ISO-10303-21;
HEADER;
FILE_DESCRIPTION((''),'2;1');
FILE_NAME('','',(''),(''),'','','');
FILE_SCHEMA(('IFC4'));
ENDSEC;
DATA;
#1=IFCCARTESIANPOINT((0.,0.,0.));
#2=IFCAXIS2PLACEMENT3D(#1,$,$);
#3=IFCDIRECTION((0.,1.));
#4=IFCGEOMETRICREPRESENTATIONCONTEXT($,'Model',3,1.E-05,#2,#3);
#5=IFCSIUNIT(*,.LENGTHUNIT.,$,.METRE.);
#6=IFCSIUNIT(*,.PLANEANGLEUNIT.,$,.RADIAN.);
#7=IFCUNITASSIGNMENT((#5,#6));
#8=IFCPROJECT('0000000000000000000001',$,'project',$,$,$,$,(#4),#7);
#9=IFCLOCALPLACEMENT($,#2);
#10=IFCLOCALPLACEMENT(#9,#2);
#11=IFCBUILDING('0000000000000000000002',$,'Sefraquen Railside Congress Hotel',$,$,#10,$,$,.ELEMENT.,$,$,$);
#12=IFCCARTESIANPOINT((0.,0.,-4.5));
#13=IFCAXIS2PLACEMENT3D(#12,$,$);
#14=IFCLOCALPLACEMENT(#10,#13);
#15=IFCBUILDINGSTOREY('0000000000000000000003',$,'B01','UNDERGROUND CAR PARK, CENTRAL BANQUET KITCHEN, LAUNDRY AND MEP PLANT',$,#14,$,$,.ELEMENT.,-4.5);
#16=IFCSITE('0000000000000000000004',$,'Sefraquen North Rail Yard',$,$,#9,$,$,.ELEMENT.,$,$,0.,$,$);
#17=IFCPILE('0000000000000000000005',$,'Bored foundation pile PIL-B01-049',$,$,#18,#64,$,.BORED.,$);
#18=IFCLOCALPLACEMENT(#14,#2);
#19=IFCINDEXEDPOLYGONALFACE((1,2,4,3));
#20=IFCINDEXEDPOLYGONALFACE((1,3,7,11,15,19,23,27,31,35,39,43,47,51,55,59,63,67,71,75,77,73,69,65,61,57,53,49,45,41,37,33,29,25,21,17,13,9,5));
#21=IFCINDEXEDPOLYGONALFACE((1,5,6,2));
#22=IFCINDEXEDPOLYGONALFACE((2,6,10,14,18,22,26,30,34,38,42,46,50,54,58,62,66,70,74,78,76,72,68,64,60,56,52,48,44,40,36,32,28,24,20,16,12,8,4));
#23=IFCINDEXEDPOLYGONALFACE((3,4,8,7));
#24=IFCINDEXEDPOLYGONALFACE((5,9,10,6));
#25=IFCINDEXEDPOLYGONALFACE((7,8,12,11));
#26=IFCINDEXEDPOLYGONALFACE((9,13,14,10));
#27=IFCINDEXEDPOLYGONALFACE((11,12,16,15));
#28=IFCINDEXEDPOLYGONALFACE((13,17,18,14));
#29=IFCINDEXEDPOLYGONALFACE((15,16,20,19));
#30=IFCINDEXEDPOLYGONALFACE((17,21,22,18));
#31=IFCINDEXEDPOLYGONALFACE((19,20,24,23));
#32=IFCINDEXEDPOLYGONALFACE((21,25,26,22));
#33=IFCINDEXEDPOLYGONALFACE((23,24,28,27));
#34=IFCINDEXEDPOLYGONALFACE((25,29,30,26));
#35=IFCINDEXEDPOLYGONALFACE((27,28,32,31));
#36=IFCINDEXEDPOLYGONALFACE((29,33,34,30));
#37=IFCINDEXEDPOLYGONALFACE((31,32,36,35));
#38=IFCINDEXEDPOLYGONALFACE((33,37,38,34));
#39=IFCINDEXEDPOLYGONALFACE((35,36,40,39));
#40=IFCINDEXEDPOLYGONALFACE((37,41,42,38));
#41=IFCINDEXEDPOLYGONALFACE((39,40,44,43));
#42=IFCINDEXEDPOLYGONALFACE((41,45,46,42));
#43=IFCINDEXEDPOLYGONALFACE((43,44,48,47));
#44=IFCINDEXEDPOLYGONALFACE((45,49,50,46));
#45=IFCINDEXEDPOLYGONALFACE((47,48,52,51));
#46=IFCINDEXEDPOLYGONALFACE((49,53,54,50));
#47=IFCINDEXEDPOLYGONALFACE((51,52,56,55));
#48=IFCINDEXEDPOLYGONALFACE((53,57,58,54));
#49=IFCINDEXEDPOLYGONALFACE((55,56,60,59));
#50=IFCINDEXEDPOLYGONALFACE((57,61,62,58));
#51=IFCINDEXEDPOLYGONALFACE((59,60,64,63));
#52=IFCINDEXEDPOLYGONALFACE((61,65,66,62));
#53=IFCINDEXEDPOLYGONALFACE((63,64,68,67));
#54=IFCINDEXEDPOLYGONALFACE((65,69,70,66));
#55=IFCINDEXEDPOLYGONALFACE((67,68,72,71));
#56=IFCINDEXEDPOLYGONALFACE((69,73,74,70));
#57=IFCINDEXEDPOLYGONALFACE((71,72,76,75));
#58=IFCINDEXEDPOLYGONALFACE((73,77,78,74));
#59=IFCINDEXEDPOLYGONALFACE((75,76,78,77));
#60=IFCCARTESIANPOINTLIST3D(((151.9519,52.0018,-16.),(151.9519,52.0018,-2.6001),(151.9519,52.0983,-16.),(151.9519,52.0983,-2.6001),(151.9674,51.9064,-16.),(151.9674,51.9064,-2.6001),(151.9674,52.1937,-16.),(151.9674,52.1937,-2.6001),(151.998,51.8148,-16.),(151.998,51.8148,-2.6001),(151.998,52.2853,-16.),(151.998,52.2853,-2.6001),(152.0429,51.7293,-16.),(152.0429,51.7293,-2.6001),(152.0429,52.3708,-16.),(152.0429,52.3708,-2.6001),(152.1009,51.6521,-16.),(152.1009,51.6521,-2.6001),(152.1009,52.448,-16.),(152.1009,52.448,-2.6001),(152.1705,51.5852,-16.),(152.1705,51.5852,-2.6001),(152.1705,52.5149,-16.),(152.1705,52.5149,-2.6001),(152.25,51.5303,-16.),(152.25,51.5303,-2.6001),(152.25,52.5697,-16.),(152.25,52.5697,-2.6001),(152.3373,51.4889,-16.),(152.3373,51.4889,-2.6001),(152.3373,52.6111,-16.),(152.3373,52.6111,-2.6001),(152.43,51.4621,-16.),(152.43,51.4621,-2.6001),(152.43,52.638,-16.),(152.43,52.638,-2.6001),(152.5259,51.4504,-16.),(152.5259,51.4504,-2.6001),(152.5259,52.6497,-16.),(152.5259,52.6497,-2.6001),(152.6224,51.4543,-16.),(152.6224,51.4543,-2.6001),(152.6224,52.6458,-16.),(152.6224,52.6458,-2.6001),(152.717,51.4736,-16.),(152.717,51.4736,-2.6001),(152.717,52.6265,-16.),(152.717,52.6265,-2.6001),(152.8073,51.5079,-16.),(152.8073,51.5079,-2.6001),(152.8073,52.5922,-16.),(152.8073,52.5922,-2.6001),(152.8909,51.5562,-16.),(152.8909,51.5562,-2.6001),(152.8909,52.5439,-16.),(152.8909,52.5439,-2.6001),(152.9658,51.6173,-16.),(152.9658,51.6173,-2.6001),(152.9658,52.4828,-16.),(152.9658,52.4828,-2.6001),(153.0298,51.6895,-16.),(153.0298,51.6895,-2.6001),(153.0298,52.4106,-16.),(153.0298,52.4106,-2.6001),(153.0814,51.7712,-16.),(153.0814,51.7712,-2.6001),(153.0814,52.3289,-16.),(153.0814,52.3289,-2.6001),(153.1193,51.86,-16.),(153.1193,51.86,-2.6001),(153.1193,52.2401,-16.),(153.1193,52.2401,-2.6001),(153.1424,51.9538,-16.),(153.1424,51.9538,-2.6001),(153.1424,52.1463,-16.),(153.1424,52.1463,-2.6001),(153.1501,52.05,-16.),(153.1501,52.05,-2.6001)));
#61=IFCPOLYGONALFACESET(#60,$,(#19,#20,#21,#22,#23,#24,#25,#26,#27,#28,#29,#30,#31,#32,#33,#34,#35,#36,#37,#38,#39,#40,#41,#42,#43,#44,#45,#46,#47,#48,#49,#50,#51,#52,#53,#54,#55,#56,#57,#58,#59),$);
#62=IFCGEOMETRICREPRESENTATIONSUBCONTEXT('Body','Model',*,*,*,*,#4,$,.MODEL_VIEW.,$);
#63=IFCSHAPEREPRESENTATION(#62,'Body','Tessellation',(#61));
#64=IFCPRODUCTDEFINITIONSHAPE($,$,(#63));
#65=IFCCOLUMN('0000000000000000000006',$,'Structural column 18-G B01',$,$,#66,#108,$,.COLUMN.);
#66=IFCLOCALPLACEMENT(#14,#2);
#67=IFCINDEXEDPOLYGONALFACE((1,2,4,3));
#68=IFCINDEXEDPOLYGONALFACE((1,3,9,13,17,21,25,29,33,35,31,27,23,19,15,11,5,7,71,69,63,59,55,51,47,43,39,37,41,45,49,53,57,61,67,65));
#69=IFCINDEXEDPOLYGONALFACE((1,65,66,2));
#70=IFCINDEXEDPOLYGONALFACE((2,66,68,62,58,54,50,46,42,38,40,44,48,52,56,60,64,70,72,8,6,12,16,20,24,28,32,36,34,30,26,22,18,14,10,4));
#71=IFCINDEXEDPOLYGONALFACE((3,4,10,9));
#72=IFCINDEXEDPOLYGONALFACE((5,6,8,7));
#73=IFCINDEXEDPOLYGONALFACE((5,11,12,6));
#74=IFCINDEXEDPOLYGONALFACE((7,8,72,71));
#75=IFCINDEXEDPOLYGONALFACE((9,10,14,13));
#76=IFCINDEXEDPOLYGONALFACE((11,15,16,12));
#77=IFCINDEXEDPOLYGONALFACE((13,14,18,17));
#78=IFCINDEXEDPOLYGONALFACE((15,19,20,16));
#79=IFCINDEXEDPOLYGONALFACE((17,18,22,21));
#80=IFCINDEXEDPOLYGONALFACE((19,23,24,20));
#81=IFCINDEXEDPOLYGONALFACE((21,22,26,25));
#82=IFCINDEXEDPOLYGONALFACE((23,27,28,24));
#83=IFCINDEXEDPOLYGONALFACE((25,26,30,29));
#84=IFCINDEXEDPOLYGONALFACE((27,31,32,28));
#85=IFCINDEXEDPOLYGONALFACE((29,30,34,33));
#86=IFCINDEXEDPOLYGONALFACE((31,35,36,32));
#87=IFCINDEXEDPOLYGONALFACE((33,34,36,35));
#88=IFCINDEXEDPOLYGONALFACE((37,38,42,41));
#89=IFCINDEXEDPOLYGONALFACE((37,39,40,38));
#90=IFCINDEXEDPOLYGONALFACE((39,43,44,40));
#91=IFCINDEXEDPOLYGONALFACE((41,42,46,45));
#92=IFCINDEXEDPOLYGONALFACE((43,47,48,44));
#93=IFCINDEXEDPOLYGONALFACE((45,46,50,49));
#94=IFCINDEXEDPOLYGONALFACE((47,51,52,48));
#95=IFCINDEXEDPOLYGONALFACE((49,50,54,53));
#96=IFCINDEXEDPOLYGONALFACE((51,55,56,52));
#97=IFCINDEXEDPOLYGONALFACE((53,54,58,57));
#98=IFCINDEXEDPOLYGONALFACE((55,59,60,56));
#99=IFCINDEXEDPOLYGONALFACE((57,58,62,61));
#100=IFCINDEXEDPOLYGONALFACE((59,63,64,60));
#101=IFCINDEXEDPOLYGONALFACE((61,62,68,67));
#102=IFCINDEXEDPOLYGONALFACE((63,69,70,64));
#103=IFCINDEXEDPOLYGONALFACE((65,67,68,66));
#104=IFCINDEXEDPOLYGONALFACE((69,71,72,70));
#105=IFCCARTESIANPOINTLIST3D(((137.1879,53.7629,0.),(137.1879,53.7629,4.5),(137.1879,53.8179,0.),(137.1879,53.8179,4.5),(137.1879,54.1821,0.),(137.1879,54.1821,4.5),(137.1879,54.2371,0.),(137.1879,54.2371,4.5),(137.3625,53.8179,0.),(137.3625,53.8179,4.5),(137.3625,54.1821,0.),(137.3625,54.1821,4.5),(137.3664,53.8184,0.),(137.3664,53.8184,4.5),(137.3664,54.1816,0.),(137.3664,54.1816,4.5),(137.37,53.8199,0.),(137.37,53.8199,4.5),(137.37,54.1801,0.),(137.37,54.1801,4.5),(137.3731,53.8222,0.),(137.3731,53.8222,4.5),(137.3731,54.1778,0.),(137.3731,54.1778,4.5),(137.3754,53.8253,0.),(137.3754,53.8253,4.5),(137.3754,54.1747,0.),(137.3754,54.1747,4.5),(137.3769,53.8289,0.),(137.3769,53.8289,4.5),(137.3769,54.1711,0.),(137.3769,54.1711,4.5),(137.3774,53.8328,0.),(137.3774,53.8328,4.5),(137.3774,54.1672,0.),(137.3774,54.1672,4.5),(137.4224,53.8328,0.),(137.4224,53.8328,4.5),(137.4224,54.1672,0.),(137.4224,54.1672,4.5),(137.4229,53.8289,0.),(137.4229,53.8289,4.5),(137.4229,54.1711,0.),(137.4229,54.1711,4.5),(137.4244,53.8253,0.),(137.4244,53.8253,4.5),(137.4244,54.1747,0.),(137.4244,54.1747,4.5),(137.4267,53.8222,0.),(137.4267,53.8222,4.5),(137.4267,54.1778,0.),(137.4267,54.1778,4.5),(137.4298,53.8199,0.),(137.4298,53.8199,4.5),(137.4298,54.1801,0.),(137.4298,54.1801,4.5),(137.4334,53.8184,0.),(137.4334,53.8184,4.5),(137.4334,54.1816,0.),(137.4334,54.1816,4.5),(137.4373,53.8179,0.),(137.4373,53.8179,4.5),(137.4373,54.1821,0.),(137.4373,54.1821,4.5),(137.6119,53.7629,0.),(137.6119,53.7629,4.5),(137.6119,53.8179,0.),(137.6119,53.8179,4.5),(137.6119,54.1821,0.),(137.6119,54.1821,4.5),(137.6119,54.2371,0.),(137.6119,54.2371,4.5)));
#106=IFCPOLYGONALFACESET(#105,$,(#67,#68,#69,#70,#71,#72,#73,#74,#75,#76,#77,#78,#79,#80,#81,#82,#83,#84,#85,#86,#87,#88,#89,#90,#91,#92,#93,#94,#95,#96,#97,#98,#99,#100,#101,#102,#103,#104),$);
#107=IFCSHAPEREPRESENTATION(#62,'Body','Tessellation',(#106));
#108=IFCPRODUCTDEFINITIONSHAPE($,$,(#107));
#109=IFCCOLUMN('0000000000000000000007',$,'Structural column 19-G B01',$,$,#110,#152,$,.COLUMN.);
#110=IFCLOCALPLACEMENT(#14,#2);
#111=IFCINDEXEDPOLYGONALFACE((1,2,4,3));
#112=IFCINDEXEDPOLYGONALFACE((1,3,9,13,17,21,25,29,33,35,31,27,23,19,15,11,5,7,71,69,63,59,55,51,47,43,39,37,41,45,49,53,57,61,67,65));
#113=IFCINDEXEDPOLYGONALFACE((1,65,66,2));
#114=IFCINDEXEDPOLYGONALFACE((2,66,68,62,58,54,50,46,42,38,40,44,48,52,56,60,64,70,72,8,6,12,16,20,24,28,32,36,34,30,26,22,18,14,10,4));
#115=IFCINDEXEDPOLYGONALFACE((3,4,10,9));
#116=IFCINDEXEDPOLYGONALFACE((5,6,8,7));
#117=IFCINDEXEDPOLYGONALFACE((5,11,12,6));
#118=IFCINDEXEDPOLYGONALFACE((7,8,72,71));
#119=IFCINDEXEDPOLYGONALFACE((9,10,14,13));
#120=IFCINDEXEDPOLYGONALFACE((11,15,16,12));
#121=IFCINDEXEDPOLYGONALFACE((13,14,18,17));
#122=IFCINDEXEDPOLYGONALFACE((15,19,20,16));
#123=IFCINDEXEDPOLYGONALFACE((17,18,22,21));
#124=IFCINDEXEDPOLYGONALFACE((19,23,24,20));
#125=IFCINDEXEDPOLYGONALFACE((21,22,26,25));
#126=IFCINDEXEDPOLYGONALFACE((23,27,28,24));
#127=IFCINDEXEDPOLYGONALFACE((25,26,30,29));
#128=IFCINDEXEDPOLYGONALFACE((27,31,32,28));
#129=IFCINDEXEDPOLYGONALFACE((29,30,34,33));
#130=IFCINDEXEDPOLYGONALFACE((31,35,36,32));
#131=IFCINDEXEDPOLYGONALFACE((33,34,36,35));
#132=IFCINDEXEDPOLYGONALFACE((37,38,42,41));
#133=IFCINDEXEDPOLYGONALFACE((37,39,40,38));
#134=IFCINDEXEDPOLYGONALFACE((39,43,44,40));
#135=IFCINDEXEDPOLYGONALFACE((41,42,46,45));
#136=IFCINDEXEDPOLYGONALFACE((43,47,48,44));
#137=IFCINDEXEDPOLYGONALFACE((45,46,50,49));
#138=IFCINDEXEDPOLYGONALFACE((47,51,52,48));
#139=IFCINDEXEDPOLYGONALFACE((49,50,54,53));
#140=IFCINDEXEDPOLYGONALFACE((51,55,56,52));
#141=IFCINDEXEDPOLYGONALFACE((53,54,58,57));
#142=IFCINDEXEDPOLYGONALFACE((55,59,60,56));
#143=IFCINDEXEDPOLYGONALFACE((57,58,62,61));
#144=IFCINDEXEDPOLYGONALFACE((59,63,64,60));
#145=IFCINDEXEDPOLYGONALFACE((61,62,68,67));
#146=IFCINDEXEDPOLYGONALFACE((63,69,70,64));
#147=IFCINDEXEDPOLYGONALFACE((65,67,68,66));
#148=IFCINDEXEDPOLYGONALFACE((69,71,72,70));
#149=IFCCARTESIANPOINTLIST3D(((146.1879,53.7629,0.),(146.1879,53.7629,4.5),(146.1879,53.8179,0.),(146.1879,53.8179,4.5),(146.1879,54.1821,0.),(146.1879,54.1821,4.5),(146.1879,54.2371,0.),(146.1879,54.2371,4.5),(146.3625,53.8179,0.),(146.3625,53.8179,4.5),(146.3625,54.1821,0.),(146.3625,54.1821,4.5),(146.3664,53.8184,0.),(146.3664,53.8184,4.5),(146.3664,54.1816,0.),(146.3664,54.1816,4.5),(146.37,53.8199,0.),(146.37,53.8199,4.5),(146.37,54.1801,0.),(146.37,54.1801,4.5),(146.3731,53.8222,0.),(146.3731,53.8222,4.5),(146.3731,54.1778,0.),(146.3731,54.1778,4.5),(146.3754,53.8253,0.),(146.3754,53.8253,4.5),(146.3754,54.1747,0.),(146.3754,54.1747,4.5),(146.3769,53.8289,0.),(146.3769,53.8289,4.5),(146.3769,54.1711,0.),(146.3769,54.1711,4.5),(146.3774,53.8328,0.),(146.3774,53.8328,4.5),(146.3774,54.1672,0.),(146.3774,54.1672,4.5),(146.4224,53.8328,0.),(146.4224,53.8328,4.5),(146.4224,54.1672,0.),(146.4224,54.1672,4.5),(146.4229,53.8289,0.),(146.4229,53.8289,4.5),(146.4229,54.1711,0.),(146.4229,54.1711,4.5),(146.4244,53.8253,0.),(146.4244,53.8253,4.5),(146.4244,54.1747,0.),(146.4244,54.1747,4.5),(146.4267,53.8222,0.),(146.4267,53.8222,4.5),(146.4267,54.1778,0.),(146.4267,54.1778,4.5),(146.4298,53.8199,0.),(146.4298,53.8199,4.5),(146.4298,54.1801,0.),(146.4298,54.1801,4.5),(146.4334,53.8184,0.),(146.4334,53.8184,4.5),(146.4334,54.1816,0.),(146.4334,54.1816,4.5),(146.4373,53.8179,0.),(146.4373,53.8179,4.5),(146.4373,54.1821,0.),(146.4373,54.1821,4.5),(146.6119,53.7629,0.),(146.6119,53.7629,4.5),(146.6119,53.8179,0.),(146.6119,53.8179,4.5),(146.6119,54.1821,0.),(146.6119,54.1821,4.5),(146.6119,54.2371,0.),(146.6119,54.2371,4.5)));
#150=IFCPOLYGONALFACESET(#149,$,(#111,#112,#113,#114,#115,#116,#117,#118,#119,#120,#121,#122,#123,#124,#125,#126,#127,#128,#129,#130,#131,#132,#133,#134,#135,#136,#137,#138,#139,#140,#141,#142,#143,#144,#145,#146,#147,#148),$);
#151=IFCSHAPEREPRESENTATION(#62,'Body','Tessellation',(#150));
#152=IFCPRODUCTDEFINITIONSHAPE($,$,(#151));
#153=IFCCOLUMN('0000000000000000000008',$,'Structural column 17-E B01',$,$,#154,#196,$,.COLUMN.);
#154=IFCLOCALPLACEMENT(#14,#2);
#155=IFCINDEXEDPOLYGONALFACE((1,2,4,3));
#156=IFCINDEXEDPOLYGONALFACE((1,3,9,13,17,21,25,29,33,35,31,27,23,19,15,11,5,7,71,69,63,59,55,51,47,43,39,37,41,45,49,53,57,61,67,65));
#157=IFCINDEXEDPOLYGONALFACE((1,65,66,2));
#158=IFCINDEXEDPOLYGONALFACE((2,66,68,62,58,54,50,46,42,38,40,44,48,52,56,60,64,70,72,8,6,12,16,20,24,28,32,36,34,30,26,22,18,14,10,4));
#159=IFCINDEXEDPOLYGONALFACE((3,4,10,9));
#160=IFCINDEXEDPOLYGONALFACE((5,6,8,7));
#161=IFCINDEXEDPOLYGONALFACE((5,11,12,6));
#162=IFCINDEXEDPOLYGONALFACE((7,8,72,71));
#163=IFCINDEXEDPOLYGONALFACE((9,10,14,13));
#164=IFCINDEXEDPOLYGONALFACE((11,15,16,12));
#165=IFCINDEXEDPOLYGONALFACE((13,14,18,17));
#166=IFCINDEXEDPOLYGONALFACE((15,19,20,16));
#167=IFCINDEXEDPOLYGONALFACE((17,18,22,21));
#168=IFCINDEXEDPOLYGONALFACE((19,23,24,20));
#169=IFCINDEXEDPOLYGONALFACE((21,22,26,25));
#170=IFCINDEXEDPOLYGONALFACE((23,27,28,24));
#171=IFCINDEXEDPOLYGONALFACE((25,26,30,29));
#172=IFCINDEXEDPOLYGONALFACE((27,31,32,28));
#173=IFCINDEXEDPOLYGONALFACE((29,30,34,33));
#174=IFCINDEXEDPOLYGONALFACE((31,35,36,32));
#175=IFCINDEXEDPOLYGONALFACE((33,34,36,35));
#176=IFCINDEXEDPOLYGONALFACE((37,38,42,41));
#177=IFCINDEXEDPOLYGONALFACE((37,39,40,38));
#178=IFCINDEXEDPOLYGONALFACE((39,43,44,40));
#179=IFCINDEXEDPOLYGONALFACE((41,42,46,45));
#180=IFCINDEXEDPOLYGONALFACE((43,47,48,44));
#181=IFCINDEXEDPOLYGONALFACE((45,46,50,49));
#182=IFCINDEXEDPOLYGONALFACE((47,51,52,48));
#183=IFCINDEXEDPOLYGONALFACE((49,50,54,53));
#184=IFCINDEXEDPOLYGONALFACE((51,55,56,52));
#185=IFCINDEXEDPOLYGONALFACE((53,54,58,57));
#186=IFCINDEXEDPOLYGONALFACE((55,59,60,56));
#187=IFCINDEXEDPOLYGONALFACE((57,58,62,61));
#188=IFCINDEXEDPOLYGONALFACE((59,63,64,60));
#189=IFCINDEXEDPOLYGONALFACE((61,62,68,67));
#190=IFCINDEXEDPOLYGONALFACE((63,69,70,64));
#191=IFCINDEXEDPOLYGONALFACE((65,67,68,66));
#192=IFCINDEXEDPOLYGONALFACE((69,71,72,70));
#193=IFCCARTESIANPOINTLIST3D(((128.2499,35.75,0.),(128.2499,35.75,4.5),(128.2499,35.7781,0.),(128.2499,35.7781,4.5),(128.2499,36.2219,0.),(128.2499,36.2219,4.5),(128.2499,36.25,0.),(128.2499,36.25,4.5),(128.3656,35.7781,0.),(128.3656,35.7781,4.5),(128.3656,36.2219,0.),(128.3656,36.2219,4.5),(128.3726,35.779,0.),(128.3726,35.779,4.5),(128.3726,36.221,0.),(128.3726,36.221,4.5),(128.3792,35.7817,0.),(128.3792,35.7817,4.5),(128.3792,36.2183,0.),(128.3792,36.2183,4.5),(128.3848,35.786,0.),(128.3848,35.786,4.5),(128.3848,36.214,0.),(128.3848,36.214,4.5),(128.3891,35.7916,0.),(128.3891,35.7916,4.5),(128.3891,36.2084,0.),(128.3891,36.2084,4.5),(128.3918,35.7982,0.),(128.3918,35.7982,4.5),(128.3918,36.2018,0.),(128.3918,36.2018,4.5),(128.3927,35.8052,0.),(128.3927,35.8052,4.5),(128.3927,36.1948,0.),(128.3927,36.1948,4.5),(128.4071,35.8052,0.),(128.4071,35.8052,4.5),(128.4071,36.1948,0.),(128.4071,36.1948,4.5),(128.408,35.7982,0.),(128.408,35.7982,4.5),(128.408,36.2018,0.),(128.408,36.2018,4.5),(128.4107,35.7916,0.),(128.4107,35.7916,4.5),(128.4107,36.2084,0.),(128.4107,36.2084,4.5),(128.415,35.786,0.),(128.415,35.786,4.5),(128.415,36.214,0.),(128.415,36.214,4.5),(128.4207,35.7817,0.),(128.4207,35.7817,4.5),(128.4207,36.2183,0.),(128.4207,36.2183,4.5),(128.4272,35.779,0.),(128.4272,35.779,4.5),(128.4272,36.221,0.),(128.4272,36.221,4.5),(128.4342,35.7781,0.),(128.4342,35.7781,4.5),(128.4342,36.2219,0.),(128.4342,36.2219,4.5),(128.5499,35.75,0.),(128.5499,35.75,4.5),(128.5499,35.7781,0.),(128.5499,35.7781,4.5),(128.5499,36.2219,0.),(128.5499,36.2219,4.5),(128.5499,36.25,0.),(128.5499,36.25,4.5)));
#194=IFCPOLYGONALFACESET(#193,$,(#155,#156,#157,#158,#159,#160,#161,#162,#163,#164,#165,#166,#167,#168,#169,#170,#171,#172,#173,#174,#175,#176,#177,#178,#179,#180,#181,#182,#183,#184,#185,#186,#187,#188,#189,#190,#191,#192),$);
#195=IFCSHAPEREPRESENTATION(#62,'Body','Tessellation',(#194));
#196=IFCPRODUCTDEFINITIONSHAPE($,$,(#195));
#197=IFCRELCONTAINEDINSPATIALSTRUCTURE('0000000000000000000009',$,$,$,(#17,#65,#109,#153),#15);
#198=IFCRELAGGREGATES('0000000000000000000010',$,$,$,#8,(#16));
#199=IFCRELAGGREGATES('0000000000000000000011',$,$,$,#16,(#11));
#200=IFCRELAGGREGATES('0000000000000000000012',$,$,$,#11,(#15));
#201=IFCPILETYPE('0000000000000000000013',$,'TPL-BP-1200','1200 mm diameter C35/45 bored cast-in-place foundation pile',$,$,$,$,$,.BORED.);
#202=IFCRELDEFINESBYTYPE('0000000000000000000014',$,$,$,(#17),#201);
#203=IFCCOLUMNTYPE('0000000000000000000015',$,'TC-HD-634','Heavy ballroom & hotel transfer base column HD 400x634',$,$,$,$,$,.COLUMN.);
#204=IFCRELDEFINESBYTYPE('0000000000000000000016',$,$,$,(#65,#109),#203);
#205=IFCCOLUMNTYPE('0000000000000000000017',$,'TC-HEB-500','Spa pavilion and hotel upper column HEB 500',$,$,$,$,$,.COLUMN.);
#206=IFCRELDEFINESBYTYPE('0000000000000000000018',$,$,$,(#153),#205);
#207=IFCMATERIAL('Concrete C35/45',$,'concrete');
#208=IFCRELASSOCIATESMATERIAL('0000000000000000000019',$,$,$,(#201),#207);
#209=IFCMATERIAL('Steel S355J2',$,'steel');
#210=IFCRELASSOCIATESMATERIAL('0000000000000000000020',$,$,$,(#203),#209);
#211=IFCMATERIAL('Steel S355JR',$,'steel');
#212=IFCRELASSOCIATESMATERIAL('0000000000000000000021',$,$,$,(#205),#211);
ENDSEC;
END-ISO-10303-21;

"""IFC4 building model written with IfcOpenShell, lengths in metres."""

from ifc_helpers import new_model, si_unit, direction, frame, origin, origin_2d, place, context, subcontext, project, spatial, circle, i_section, extrude, material, material_profile, profile_set, type_object, element, save


model = new_model("IFC4")

# Units and contexts
model_context = context("Model", 3, precision=1e-05, world=origin(), true_north=direction((0.0, 1.0)))
body_context = subcontext(model_context, "Body", "Model", "MODEL_VIEW")
ifc_project = project(units=[si_unit("LENGTHUNIT", "METRE"), si_unit("PLANEANGLEUNIT", "RADIAN")], contexts=[model_context])

# Site, building, storey
site_placement = place(None, origin())
site = spatial("IfcSite", under=ifc_project, at=site_placement, Name="Sefraquen North Rail Yard", CompositionType="ELEMENT", RefElevation=0.0)
building_placement = place(site_placement, origin())
building = spatial("IfcBuilding", under=site, at=building_placement, Name="Sefraquen Railside Congress Hotel", CompositionType="ELEMENT")
storey_placement = place(building_placement, frame((0.0, 0.0, -4.5)))
storey = spatial("IfcBuildingStorey", under=building, at=storey_placement, Name="B01", Description="UNDERGROUND CAR PARK, CENTRAL BANQUET KITCHEN, LAUNDRY AND MEP PLANT", CompositionType="ELEMENT", Elevation=-4.5)

# Pile
ifc_material_1 = material(Name="Concrete C35/45", Category="concrete")
ifc_material_profile_1 = material_profile(ifc_material_1, circle(Radius=0.6001, at=origin_2d()), Name="BORED PILE 1200")
ifc_profile_set_1 = profile_set([ifc_material_profile_1], Name="Concrete C35/45")
pile_type_1 = type_object("IfcPileType", Name="TPL-BP-1200", Description="1200 mm diameter C35/45 bored cast-in-place foundation pile", PredefinedType="BORED", material=ifc_profile_set_1)
pile_placement = place(storey_placement, frame((152.55, 52.05, -2.6001), z_axis=(0.0, 0.0, -1.0), x_axis=(1.0, 0.0, 0.0)))
element("IfcPile", 1, at=pile_placement, inside=storey, type_object=pile_type_1, Name="Bored foundation pile PIL-B01-049", PredefinedType="BORED", context=body_context, shape_type="SweptSolid", body=[
    extrude(circle(Radius=0.6001, at=origin_2d()), origin(), (0.0, 0.0, 1.0), 13.3999),
])

# Columns
ifc_material_2 = material(Name="Steel S355J2", Category="steel")
ifc_material_profile_2 = material_profile(ifc_material_2, i_section(OverallWidth=0.4241, OverallDepth=0.4741, WebThickness=0.0449, FlangeThickness=0.0549, FilletRadius=0.0149, at=origin_2d()), Name="HD 400x634")
ifc_profile_set_2 = profile_set([ifc_material_profile_2], Name="Steel S355J2")
column_type_1 = type_object("IfcColumnType", Name="TC-HD-634", Description="Heavy ballroom & hotel transfer base column HD 400x634", PredefinedType="COLUMN", material=ifc_profile_set_2)
for number, where, z_axis, x_axis, name in (
    (2, (137.3999, 54.0, 0.0), (0.0, 0.0, 1.0), (1.0, 0.0, 0.0), "Structural column 18-G B01"),
    (3, (146.3999, 54.0, 0.0), (0.0, 0.0, 1.0), (1.0, 0.0, 0.0), "Structural column 19-G B01"),
):
    element("IfcColumn", number, at=place(storey_placement, frame(where, z_axis=z_axis, x_axis=x_axis)), inside=storey, type_object=column_type_1, Name=name, PredefinedType="COLUMN", context=body_context, shape_type="SweptSolid", body=[
        extrude(i_section(OverallWidth=0.4241, OverallDepth=0.4741, WebThickness=0.0449, FlangeThickness=0.0549, FilletRadius=0.0149, at=origin_2d()), origin(), (0.0, 0.0, 1.0), 4.5),
    ])
ifc_material_3 = material(Name="Steel S355JR", Category="steel")
ifc_material_profile_3 = material_profile(ifc_material_3, i_section(OverallWidth=0.3, OverallDepth=0.5, WebThickness=0.0144, FlangeThickness=0.0281, FilletRadius=0.0271, at=origin_2d()), Name="HEB 500")
ifc_profile_set_3 = profile_set([ifc_material_profile_3], Name="Steel S355JR")
column_type_2 = type_object("IfcColumnType", Name="TC-HEB-500", Description="Spa pavilion and hotel upper column HEB 500", PredefinedType="COLUMN", material=ifc_profile_set_3)
for number, where, z_axis, x_axis, name in (
    (4, (128.3999, 36.0, 0.0), (0.0, 0.0, 1.0), (1.0, 0.0, 0.0), "Structural column 17-E B01"),
):
    element("IfcColumn", number, at=place(storey_placement, frame(where, z_axis=z_axis, x_axis=x_axis)), inside=storey, type_object=column_type_2, Name=name, PredefinedType="COLUMN", context=body_context, shape_type="SweptSolid", body=[
        extrude(i_section(OverallWidth=0.3, OverallDepth=0.5, WebThickness=0.0144, FlangeThickness=0.0281, FilletRadius=0.0271, at=origin_2d()), origin(), (0.0, 0.0, 1.0), 4.5),
    ])

save(model, "model.ifc")
